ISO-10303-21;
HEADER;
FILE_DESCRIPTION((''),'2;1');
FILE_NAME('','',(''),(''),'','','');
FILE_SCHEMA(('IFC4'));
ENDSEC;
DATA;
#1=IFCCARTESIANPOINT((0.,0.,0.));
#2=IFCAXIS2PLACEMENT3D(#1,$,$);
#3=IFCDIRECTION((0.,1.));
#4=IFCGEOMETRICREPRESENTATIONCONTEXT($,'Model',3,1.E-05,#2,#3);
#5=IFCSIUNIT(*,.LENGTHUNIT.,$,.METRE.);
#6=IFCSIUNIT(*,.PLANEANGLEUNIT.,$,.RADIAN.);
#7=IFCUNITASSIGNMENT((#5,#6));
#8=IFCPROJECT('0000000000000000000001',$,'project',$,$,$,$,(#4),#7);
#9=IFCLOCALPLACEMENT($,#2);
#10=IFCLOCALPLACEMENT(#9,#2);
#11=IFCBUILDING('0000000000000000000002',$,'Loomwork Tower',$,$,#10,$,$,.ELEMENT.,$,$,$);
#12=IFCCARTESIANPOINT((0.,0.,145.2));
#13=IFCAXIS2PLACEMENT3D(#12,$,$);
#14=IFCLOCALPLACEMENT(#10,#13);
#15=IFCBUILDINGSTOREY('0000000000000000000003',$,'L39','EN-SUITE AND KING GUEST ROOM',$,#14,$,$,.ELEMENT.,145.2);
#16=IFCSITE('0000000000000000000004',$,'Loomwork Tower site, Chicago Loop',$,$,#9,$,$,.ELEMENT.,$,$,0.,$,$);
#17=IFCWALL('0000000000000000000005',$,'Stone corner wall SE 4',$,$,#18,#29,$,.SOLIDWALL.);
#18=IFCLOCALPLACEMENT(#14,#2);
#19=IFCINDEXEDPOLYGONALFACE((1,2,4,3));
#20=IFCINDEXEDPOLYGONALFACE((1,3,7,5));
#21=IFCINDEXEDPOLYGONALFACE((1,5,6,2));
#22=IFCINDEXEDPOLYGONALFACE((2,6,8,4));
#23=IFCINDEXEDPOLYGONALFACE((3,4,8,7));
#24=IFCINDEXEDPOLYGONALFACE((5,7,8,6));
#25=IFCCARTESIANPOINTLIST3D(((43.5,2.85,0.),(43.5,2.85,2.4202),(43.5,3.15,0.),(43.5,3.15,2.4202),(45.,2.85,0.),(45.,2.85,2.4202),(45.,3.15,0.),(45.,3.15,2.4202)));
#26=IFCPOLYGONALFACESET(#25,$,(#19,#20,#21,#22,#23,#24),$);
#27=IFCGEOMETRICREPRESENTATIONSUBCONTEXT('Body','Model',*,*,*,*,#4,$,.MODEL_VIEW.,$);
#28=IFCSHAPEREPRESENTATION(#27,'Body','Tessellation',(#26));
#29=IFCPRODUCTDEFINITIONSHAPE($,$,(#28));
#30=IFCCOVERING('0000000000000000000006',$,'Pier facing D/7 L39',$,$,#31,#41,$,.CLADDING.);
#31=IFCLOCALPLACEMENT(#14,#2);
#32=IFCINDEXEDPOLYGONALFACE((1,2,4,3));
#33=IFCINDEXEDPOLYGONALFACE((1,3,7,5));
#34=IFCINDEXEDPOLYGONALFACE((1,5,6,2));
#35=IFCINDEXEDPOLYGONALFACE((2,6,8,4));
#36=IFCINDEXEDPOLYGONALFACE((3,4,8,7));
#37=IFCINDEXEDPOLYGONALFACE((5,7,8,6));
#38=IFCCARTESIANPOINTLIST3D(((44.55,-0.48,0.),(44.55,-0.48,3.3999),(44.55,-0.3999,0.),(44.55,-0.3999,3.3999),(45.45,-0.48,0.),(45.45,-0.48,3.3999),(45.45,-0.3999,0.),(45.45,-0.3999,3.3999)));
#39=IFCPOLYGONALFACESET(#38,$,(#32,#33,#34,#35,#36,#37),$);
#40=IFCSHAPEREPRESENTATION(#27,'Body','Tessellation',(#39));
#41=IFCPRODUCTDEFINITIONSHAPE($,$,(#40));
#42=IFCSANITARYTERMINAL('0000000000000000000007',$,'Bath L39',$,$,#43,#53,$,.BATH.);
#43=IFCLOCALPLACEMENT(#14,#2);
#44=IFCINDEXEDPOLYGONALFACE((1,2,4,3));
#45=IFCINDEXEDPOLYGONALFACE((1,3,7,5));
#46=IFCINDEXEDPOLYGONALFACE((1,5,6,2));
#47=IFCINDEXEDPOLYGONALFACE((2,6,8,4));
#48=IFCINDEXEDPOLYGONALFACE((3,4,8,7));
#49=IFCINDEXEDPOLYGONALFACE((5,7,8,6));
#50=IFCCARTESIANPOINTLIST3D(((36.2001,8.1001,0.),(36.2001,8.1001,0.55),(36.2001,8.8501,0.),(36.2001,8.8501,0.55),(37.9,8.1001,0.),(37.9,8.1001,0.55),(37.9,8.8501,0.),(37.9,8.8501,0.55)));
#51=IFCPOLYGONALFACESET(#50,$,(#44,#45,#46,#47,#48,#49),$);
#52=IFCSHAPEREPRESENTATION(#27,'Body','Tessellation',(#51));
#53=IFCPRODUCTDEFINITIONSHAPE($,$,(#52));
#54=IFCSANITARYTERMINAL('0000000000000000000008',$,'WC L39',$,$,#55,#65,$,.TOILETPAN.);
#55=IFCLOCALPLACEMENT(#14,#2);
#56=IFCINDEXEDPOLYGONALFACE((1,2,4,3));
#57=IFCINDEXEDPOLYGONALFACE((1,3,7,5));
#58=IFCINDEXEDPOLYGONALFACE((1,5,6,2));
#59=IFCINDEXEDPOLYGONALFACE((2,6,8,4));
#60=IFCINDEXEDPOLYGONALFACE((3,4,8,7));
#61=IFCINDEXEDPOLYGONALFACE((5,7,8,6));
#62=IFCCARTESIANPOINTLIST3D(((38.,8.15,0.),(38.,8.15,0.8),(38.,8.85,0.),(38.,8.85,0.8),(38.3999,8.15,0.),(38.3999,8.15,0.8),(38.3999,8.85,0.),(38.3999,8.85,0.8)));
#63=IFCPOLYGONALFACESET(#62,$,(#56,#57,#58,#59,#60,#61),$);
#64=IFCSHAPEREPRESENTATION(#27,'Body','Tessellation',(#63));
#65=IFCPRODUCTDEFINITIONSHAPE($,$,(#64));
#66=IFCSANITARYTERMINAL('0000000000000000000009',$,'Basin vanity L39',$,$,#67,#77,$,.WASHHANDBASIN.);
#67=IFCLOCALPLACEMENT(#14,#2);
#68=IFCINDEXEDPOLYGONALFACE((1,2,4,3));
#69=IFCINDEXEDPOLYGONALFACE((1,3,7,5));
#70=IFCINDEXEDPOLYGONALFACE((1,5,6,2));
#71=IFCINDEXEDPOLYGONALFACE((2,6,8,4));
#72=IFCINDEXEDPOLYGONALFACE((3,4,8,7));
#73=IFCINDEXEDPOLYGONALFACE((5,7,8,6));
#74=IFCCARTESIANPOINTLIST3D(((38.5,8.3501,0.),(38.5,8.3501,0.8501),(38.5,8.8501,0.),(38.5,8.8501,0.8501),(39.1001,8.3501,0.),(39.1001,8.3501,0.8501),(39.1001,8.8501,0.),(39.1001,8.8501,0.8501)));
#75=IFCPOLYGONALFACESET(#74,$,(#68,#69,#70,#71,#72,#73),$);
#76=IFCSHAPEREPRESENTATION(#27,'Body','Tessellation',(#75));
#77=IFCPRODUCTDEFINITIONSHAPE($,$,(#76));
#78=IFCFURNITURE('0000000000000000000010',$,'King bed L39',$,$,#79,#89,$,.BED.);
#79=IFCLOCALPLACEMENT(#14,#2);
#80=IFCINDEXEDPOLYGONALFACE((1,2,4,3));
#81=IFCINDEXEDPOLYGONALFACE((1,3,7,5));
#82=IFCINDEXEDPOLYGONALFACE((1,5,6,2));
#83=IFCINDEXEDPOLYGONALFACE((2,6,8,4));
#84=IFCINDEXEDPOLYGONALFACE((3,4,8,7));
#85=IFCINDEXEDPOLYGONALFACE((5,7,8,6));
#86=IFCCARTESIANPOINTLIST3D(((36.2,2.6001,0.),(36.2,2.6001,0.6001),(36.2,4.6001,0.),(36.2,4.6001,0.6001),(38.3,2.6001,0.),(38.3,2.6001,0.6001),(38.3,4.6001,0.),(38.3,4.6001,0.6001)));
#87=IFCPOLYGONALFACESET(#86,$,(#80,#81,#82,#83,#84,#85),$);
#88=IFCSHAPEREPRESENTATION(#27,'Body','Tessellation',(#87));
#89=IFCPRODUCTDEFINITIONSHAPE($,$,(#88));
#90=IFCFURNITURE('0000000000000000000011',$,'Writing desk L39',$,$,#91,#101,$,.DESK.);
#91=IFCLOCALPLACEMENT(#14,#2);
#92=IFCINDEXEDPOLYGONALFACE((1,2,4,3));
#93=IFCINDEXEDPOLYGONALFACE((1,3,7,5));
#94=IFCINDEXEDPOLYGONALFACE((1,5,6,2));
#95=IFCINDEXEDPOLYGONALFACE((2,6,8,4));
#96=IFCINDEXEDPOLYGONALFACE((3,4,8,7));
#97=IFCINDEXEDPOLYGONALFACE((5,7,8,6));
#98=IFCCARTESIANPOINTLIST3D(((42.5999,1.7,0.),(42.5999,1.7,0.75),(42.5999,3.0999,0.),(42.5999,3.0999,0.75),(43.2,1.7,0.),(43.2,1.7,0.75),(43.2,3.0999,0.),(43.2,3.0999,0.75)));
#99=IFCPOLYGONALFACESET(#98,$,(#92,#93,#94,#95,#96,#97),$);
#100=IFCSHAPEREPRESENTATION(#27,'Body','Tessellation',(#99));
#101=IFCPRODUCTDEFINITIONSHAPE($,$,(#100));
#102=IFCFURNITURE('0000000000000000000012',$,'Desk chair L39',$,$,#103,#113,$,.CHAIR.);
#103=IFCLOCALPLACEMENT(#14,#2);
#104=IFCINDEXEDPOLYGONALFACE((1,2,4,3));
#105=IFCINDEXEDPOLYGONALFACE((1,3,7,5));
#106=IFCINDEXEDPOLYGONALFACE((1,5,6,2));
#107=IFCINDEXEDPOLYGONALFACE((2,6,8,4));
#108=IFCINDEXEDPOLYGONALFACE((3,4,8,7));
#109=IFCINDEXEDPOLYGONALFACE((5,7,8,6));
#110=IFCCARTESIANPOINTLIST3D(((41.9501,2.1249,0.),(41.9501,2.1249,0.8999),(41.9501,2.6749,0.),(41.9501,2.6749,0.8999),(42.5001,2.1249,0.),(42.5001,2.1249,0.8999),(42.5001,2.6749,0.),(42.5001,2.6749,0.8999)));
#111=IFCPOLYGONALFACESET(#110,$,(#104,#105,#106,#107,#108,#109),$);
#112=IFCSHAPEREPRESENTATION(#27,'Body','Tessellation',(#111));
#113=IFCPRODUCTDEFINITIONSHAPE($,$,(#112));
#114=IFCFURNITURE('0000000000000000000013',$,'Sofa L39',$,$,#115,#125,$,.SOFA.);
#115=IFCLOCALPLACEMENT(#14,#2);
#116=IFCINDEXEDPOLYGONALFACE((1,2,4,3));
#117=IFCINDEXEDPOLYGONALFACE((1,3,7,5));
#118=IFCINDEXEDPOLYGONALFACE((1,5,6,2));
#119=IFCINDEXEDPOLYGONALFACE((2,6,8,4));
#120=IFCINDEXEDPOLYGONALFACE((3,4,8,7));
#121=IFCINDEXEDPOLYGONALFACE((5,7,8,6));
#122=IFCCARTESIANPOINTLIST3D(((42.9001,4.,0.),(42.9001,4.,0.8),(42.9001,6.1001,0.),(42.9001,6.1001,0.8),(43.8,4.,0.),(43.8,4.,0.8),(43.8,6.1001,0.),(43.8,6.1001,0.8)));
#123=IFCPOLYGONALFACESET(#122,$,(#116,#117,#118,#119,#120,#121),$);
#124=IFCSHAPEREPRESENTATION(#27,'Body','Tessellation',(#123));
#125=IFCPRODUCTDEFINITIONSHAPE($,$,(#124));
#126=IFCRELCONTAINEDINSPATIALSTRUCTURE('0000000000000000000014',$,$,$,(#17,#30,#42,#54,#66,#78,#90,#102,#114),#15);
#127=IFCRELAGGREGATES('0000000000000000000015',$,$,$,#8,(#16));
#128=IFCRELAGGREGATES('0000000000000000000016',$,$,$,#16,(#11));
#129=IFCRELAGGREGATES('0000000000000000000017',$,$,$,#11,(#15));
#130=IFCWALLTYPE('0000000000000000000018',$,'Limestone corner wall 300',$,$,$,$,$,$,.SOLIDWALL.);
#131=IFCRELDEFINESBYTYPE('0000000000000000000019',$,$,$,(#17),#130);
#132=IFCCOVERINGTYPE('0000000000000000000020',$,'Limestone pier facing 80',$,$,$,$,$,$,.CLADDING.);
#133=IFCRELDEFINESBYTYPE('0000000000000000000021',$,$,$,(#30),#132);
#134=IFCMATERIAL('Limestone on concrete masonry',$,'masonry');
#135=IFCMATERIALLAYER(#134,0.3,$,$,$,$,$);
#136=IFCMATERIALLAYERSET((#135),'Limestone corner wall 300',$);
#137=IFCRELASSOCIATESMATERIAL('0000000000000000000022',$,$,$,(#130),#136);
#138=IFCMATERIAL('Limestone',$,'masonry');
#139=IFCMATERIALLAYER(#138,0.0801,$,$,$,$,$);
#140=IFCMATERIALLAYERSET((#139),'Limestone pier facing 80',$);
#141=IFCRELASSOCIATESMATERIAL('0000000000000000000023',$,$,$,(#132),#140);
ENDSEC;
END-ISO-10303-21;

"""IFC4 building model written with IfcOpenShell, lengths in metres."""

from ifc_helpers import new_model, si_unit, direction, frame, frame_2d, origin, origin_2d, place, context, subcontext, project, spatial, rectangle, extrude, material, layer, layer_set, type_object, element, save


model = new_model("IFC4")

# Units and contexts
model_context = context("Model", 3, precision=1e-05, world=origin(), true_north=direction((0.0, 1.0)))
body_context = subcontext(model_context, "Body", "Model", "MODEL_VIEW")
ifc_project = project(units=[si_unit("LENGTHUNIT", "METRE"), si_unit("PLANEANGLEUNIT", "RADIAN")], contexts=[model_context])

# Site, building, storey
site_placement = place(None, origin())
site = spatial("IfcSite", under=ifc_project, at=site_placement, Name="Loomwork Tower site, Chicago Loop", CompositionType="ELEMENT", RefElevation=0.0)
building_placement = place(site_placement, origin())
building = spatial("IfcBuilding", under=site, at=building_placement, Name="Loomwork Tower", CompositionType="ELEMENT")
storey_placement = place(building_placement, frame((0.0, 0.0, 145.2)))
storey = spatial("IfcBuildingStorey", under=building, at=storey_placement, Name="L39", Description="EN-SUITE AND KING GUEST ROOM", CompositionType="ELEMENT", Elevation=145.2)

# Shared definitions
ifc_material_1 = material(Name="Limestone on concrete masonry", Category="masonry")
ifc_layer_1 = layer(ifc_material_1, 0.3)
ifc_layer_set_1 = layer_set([ifc_layer_1], Name="Limestone corner wall 300")
wall_type_1 = type_object("IfcWallType", Name="Limestone corner wall 300", PredefinedType="SOLIDWALL", material=ifc_layer_set_1)

# Wall
wall_1_placement = place(storey_placement, frame((43.5, 3.0, 0.0), z_axis=(0.0, 0.0, 1.0), x_axis=(1.0, 0.0, 0.0)))
element("IfcWall", 1, at=wall_1_placement, inside=storey, type_object=wall_type_1, Name="Stone corner wall SE 4", PredefinedType="SOLIDWALL", context=body_context, shape_type="SweptSolid", body=[
    extrude(rectangle(XDim=1.5, YDim=0.3, at=frame_2d((0.75, 0.0))), origin(), (0.0, 0.0, 1.0), 2.4202),
])

# Covering
ifc_material_2 = material(Name="Limestone", Category="masonry")
ifc_layer_2 = layer(ifc_material_2, 0.0801)
ifc_layer_set_2 = layer_set([ifc_layer_2], Name="Limestone pier facing 80")
covering_type = type_object("IfcCoveringType", Name="Limestone pier facing 80", PredefinedType="CLADDING", material=ifc_layer_set_2)
covering_placement = place(storey_placement, frame((45.0, -0.4399, 0.0), z_axis=(0.0, 0.0, 1.0), x_axis=(1.0, 0.0, 0.0)))
element("IfcCovering", 2, at=covering_placement, inside=storey, type_object=covering_type, Name="Pier facing D/7 L39", PredefinedType="CLADDING", context=body_context, shape_type="SweptSolid", body=[
    extrude(rectangle(XDim=0.8999, YDim=0.0801, at=origin_2d()), origin(), (0.0, 0.0, 1.0), 3.3999),
])

# Sanitary terminals
sanitary_terminal_1_placement = place(storey_placement, frame((37.05, 8.4751, 0.0), z_axis=(0.0, 0.0, 1.0), x_axis=(1.0, 0.0, 0.0)))
element("IfcSanitaryTerminal", 3, at=sanitary_terminal_1_placement, inside=storey, Name="Bath L39", PredefinedType="BATH", context=body_context, shape_type="SweptSolid", body=[
    extrude(rectangle(XDim=1.7, YDim=0.75, at=origin_2d()), origin(), (0.0, 0.0, 1.0), 0.55),
])
sanitary_terminal_2_placement = place(storey_placement, frame((38.2, 8.5, 0.0), z_axis=(0.0, 0.0, 1.0), x_axis=(1.0, 0.0, 0.0)))
element("IfcSanitaryTerminal", 4, at=sanitary_terminal_2_placement, inside=storey, Name="WC L39", PredefinedType="TOILETPAN", context=body_context, shape_type="SweptSolid", body=[
    extrude(rectangle(XDim=0.3999, YDim=0.7, at=origin_2d()), origin(), (0.0, 0.0, 1.0), 0.8),
])
sanitary_terminal_3_placement = place(storey_placement, frame((38.8, 8.6001, 0.0), z_axis=(0.0, 0.0, 1.0), x_axis=(1.0, 0.0, 0.0)))
element("IfcSanitaryTerminal", 5, at=sanitary_terminal_3_placement, inside=storey, Name="Basin vanity L39", PredefinedType="WASHHANDBASIN", context=body_context, shape_type="SweptSolid", body=[
    extrude(rectangle(XDim=0.6001, YDim=0.5, at=origin_2d()), origin(), (0.0, 0.0, 1.0), 0.8501),
])

# Furniture
furniture_1_placement = place(storey_placement, frame((37.25, 3.6001, 0.0), z_axis=(0.0, 0.0, 1.0), x_axis=(1.0, 0.0, 0.0)))
element("IfcFurniture", 6, at=furniture_1_placement, inside=storey, Name="King bed L39", PredefinedType="BED", context=body_context, shape_type="SweptSolid", body=[
    extrude(rectangle(XDim=2.1001, YDim=2.0, at=origin_2d()), origin(), (0.0, 0.0, 1.0), 0.6001),
])
furniture_2_placement = place(storey_placement, frame((42.8999, 2.3999, 0.0), z_axis=(0.0, 0.0, 1.0), x_axis=(1.0, 0.0, 0.0)))
element("IfcFurniture", 7, at=furniture_2_placement, inside=storey, Name="Writing desk L39", PredefinedType="DESK", context=body_context, shape_type="SweptSolid", body=[
    extrude(rectangle(XDim=0.6001, YDim=1.3999, at=origin_2d()), origin(), (0.0, 0.0, 1.0), 0.75),
])
furniture_3_placement = place(storey_placement, frame((42.2251, 2.3999, 0.0), z_axis=(0.0, 0.0, 1.0), x_axis=(1.0, 0.0, 0.0)))
element("IfcFurniture", 8, at=furniture_3_placement, inside=storey, Name="Desk chair L39", PredefinedType="CHAIR", context=body_context, shape_type="SweptSolid", body=[
    extrude(rectangle(XDim=0.55, YDim=0.55, at=origin_2d()), origin(), (0.0, 0.0, 1.0), 0.8999),
])
furniture_4_placement = place(storey_placement, frame((43.3501, 5.05, 0.0), z_axis=(0.0, 0.0, 1.0), x_axis=(1.0, 0.0, 0.0)))
element("IfcFurniture", 9, at=furniture_4_placement, inside=storey, Name="Sofa L39", PredefinedType="SOFA", context=body_context, shape_type="SweptSolid", body=[
    extrude(rectangle(XDim=0.8999, YDim=2.1001, at=origin_2d()), origin(), (0.0, 0.0, 1.0), 0.8),
])

save(model, "model.ifc")
